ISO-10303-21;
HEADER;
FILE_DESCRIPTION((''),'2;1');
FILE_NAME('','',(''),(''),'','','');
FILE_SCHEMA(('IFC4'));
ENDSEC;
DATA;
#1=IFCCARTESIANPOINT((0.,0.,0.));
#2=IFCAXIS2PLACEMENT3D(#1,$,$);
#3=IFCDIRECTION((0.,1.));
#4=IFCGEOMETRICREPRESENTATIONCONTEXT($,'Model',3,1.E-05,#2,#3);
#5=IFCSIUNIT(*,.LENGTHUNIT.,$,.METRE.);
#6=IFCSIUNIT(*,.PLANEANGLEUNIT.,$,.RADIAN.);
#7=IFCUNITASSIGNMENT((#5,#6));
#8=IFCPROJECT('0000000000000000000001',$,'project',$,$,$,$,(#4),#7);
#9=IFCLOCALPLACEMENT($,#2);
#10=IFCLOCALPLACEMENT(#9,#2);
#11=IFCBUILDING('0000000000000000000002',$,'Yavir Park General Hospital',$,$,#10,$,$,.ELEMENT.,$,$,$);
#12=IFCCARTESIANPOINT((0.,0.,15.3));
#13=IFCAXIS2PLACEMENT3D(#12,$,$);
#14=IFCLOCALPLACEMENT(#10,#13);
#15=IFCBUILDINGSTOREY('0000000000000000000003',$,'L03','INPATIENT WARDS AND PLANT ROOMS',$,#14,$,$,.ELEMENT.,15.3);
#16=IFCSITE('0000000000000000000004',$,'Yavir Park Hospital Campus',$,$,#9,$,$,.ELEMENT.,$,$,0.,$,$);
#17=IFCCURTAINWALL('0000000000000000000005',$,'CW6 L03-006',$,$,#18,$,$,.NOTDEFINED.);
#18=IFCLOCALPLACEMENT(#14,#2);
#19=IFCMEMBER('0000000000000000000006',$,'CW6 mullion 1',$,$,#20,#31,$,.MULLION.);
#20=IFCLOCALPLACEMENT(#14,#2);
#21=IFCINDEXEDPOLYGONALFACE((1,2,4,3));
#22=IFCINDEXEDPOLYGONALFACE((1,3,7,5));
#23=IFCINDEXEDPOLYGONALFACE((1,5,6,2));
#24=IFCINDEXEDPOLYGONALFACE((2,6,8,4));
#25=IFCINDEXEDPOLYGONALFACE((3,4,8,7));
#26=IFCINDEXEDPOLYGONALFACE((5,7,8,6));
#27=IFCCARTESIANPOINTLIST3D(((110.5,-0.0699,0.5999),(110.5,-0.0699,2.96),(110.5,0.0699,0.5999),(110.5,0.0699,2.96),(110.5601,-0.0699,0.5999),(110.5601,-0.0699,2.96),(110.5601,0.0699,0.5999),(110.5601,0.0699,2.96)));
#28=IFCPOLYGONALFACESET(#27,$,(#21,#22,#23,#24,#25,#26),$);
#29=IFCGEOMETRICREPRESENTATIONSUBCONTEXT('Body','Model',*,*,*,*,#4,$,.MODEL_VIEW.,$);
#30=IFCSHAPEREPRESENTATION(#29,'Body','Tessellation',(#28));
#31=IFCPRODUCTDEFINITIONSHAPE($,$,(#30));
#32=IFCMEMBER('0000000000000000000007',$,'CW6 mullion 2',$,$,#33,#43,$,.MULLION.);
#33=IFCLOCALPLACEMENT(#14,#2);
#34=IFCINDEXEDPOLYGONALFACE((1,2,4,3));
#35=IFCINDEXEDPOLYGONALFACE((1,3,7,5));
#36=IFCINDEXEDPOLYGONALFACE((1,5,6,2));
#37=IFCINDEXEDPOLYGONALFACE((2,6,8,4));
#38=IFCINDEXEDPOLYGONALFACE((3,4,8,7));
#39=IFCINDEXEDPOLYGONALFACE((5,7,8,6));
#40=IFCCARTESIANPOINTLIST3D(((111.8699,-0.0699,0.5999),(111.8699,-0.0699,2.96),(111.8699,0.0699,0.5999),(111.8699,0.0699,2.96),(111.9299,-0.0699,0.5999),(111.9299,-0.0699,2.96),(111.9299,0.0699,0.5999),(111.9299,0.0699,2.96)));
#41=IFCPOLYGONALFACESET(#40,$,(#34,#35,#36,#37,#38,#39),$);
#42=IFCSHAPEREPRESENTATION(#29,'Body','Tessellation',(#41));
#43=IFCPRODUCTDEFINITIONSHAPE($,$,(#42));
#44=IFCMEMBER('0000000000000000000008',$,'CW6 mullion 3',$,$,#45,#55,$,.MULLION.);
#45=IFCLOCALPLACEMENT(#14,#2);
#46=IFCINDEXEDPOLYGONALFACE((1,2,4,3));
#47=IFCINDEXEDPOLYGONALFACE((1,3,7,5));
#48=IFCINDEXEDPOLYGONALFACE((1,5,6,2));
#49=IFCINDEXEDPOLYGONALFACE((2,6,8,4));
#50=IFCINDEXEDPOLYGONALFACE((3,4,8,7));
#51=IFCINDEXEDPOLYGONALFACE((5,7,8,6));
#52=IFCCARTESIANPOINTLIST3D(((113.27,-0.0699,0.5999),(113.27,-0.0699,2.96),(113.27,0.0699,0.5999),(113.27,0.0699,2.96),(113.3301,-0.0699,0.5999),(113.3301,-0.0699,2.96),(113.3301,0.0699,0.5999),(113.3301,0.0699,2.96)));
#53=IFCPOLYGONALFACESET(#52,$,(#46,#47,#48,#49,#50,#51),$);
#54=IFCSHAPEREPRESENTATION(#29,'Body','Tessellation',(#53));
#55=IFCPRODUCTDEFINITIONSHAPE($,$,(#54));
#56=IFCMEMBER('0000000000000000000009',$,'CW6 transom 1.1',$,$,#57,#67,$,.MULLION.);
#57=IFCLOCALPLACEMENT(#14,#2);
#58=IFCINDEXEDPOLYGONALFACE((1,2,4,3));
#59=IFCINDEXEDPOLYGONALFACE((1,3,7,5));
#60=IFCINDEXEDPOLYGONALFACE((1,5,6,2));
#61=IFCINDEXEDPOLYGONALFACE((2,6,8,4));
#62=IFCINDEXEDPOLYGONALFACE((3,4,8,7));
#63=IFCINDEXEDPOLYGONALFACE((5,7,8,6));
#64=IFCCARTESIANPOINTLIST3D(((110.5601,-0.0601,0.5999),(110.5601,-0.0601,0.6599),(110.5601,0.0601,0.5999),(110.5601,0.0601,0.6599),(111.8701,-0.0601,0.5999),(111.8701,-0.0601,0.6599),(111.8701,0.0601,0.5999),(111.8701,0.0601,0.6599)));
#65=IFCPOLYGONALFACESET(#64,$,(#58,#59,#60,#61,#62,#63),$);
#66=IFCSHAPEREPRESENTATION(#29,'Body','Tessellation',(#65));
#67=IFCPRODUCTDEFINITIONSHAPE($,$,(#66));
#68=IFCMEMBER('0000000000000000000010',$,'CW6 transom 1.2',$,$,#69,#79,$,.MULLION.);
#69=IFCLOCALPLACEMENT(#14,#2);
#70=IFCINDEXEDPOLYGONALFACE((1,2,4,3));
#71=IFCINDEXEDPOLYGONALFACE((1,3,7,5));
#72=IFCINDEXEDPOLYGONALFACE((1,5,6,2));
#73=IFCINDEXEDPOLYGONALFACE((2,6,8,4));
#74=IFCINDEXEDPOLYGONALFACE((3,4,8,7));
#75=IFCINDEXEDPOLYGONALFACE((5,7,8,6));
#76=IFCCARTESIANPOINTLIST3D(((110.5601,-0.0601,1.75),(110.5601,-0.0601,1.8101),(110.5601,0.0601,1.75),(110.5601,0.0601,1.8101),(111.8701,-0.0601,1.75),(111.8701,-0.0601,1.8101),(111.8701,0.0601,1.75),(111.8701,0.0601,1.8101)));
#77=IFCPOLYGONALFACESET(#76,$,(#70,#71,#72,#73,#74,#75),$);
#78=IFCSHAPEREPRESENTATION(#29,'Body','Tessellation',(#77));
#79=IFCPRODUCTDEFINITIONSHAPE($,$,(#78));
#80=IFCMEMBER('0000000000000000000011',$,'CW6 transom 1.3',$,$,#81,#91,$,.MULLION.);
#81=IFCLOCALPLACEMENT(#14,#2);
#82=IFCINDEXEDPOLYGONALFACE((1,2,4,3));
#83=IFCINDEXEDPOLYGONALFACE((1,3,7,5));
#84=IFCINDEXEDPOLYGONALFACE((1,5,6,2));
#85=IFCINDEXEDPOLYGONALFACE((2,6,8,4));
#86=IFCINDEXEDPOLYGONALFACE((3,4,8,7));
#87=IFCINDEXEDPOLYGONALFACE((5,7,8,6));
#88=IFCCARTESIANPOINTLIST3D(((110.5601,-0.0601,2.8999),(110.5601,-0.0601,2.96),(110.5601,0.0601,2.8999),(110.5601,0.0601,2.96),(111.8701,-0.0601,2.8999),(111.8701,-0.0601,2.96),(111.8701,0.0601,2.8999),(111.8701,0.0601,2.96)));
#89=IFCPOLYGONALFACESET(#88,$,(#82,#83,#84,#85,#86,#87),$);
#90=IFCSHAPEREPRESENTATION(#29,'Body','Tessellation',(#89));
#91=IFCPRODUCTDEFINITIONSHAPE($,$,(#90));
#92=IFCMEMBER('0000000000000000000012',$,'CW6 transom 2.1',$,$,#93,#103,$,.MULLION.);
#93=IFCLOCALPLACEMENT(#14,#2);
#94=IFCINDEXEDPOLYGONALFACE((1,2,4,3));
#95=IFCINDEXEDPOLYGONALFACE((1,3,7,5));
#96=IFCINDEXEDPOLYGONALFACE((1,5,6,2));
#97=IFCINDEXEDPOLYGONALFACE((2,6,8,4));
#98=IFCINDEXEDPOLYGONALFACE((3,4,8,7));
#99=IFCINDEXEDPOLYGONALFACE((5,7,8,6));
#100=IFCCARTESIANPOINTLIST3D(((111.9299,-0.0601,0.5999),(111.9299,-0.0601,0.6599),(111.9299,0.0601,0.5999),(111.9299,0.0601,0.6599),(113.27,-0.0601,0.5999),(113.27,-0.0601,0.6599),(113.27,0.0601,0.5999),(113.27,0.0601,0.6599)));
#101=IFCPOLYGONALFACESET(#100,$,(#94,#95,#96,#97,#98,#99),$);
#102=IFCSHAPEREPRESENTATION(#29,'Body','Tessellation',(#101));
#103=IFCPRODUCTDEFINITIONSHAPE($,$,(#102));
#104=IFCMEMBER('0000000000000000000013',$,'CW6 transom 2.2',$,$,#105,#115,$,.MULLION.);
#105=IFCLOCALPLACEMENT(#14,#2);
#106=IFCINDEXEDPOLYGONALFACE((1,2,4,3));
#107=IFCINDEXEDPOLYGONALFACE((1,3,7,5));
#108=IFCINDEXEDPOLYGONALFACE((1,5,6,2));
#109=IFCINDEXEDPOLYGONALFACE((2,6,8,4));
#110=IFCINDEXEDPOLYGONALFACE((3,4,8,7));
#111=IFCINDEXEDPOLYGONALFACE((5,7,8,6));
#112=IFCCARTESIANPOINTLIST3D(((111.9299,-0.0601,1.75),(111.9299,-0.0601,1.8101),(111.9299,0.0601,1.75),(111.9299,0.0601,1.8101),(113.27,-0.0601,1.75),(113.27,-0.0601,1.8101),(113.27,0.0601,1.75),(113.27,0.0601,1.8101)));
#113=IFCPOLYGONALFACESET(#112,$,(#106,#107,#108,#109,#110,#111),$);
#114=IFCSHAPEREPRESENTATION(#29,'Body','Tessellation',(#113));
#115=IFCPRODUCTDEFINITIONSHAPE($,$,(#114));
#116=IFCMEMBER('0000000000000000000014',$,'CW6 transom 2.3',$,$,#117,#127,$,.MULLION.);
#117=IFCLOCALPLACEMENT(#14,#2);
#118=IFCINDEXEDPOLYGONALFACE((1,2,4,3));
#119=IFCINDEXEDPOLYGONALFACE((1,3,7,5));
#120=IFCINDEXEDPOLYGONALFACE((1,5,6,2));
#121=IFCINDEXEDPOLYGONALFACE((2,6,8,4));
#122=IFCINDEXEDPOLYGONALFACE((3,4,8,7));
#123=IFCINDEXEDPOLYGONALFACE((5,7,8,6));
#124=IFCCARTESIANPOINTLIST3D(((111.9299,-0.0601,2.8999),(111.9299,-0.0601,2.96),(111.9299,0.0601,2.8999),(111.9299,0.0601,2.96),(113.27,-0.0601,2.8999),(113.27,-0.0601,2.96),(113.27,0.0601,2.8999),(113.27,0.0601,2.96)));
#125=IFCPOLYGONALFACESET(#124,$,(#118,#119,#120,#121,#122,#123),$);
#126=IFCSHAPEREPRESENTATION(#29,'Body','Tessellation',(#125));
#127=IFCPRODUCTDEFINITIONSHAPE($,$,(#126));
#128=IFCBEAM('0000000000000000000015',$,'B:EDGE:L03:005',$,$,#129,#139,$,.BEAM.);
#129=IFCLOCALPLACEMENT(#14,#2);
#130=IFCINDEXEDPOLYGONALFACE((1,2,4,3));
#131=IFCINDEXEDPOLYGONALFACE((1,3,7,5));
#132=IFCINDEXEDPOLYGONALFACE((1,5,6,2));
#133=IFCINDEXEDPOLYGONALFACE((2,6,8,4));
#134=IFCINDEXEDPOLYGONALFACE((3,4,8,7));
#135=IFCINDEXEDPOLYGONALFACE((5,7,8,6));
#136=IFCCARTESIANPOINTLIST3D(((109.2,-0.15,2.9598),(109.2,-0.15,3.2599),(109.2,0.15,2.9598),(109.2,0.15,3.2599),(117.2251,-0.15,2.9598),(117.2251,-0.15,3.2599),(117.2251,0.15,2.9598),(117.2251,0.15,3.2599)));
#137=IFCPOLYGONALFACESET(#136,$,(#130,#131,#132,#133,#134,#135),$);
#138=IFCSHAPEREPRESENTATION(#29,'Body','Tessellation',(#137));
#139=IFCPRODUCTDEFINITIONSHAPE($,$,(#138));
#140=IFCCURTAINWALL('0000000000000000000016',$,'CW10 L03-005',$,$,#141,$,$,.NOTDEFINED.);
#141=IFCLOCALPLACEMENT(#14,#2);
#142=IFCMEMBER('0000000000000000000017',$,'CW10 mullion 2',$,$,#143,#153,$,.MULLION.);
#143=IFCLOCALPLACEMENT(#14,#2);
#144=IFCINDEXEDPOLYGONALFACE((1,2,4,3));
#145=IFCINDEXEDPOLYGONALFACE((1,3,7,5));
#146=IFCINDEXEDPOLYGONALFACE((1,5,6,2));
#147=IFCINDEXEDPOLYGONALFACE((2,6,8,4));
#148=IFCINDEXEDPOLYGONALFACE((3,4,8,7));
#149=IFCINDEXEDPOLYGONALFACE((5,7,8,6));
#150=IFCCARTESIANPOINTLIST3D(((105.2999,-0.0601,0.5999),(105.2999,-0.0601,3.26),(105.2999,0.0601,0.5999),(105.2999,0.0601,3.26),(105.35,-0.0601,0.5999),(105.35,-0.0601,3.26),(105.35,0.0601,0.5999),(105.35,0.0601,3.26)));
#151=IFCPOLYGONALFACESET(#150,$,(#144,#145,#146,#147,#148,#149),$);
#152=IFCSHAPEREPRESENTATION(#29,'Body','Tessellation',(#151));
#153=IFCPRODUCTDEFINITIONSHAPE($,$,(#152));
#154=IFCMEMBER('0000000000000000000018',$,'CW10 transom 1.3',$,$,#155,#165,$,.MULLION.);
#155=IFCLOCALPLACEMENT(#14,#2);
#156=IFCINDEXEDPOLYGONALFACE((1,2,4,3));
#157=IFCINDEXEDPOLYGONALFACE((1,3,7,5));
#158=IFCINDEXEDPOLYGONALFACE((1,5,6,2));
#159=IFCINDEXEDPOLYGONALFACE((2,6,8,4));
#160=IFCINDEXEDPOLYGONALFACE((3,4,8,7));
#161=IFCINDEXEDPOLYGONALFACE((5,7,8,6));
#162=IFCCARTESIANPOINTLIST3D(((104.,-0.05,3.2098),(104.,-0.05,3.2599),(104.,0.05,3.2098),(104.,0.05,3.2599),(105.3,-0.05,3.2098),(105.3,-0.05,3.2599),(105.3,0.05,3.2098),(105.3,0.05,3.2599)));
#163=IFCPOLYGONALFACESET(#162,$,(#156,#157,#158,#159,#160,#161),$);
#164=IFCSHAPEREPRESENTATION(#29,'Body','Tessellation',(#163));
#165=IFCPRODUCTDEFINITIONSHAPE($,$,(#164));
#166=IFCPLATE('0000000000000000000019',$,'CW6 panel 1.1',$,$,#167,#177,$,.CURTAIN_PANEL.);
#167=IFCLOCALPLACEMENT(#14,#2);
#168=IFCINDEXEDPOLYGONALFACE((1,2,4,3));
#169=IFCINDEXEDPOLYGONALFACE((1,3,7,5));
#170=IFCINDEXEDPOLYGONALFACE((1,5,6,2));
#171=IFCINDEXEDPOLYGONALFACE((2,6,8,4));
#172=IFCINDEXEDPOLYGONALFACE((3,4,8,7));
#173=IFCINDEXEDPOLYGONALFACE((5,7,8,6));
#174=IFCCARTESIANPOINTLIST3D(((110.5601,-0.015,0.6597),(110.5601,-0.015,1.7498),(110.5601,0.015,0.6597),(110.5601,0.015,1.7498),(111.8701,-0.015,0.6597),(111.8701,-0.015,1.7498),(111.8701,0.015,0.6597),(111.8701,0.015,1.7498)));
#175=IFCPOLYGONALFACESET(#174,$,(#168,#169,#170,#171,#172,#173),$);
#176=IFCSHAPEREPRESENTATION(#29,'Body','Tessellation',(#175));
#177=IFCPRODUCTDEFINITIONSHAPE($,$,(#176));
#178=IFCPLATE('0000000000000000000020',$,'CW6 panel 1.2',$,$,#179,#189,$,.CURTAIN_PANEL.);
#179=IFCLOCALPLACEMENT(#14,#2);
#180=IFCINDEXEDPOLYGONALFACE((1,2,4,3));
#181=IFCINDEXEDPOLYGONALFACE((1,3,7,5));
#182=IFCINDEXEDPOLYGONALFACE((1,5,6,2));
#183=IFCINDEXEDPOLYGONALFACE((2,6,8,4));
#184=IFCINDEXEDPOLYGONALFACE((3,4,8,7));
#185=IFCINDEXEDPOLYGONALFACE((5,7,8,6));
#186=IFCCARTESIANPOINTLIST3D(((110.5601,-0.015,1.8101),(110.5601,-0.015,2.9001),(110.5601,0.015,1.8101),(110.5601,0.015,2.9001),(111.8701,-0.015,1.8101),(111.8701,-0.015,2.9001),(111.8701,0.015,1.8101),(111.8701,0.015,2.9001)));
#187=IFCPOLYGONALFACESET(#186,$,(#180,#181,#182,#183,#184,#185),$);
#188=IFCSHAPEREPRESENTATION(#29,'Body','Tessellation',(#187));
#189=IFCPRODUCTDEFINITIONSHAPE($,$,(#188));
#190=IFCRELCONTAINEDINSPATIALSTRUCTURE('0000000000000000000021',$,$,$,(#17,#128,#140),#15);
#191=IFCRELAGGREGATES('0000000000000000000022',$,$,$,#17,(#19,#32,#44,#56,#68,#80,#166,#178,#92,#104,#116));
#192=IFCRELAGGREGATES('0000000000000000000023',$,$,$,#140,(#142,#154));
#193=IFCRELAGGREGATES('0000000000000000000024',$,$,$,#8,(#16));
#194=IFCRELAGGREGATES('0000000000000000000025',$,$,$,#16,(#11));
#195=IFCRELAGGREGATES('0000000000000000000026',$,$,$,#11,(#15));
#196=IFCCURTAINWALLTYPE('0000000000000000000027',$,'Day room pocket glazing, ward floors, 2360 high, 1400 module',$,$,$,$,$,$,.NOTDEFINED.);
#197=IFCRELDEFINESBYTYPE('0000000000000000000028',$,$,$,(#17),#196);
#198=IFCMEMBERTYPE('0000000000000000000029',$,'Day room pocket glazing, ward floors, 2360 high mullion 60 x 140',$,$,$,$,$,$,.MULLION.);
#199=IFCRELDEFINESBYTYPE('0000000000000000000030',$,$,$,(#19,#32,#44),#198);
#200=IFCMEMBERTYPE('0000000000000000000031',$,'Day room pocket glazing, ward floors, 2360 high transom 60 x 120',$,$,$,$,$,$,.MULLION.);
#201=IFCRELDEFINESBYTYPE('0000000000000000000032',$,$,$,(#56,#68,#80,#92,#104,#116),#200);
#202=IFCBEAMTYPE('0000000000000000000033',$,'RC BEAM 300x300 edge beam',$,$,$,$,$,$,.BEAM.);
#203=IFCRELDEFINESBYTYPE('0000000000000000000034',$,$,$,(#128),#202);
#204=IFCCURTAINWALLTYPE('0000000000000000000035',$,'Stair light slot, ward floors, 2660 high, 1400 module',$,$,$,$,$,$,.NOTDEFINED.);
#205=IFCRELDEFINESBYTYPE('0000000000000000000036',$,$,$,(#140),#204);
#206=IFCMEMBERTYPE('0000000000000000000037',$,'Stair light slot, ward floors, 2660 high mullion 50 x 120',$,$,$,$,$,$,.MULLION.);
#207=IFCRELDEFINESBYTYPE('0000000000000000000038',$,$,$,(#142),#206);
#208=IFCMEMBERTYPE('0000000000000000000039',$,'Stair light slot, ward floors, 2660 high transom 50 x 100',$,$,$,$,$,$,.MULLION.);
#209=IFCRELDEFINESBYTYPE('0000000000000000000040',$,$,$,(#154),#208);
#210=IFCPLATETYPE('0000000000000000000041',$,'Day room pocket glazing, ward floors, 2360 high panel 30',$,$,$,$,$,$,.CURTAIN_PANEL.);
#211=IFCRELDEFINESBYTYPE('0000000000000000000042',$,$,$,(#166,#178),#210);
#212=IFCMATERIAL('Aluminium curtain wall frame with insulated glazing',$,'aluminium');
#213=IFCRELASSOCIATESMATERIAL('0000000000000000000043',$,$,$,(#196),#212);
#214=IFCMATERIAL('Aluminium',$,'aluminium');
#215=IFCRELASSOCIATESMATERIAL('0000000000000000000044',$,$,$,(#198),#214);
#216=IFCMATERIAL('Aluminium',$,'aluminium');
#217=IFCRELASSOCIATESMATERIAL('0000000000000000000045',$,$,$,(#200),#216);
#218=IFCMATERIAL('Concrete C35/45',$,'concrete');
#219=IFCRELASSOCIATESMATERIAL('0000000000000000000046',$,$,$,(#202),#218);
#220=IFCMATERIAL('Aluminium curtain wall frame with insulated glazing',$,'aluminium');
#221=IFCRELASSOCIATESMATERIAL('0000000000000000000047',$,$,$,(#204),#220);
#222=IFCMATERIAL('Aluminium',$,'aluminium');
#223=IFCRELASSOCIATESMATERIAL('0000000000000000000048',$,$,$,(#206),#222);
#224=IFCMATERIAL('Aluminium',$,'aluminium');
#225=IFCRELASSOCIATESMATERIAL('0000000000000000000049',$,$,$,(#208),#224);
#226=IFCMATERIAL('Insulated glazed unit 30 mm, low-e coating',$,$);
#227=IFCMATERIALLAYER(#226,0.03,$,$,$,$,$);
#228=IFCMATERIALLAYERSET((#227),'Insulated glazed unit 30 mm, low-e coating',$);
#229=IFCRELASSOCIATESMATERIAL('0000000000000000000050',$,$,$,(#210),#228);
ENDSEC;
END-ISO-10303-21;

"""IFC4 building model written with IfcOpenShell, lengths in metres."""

from ifc_helpers import new_model, si_unit, direction, frame, origin, origin_2d, place, context, subcontext, project, spatial, rectangle, extrude, material, layer, layer_set, material_profile, profile_set, type_object, element, aggregate, save


model = new_model("IFC4")

# Units and contexts
model_context = context("Model", 3, precision=1e-05, world=origin(), true_north=direction((0.0, 1.0)))
body_context = subcontext(model_context, "Body", "Model", "MODEL_VIEW")
ifc_project = project(units=[si_unit("LENGTHUNIT", "METRE"), si_unit("PLANEANGLEUNIT", "RADIAN")], contexts=[model_context])

# Site, building, storey
site_placement = place(None, origin())
site = spatial("IfcSite", under=ifc_project, at=site_placement, Name="Yavir Park Hospital Campus", CompositionType="ELEMENT", RefElevation=0.0)
building_placement = place(site_placement, origin())
building = spatial("IfcBuilding", under=site, at=building_placement, Name="Yavir Park General Hospital", CompositionType="ELEMENT")
storey_placement = place(building_placement, frame((0.0, 0.0, 15.3)))
storey = spatial("IfcBuildingStorey", under=building, at=storey_placement, Name="L03", Description="INPATIENT WARDS AND PLANT ROOMS", CompositionType="ELEMENT", Elevation=15.3)

# Curtain wall, members
ifc_material_1 = material(Name="Aluminium curtain wall frame with insulated glazing", Category="aluminium")
curtain_wall_type_1 = type_object("IfcCurtainWallType", Name="Day room pocket glazing, ward floors, 2360 high, 1400 module", PredefinedType="NOTDEFINED", material=ifc_material_1)
curtain_wall_1_placement = place(storey_placement, origin())
curtain_wall_1 = element("IfcCurtainWall", 1, at=curtain_wall_1_placement, inside=storey, type_object=curtain_wall_type_1, Name="CW6 L03-006", PredefinedType="NOTDEFINED")
ifc_material_2 = material(Name="Aluminium", Category="aluminium")
ifc_material_profile_1 = material_profile(ifc_material_2, rectangle(XDim=0.1399, YDim=0.0601, at=origin_2d()), Name="AL 60x140")
ifc_profile_set_1 = profile_set([ifc_material_profile_1], Name="Aluminium")
member_type_1 = type_object("IfcMemberType", Name="Day room pocket glazing, ward floors, 2360 high mullion 60 x 140", PredefinedType="MULLION", material=ifc_profile_set_1)
member_1_placement = place(storey_placement, frame((110.53, 0.0, 0.5999), z_axis=(0.0, 0.0, 1.0), x_axis=(0.0, 1.0, 0.0)))
member_1 = element("IfcMember", 2, at=member_1_placement, type_object=member_type_1, Name="CW6 mullion 1", PredefinedType="MULLION", context=body_context, shape_type="SweptSolid", body=[
    extrude(rectangle(XDim=0.1399, YDim=0.0601, at=origin_2d()), origin(), (0.0, 0.0, 1.0), 2.3601),
])
member_2_placement = place(storey_placement, frame((111.8999, 0.0, 0.5999), z_axis=(0.0, 0.0, 1.0), x_axis=(0.0, 1.0, 0.0)))
member_2 = element("IfcMember", 3, at=member_2_placement, type_object=member_type_1, Name="CW6 mullion 2", PredefinedType="MULLION", context=body_context, shape_type="SweptSolid", body=[
    extrude(rectangle(XDim=0.1399, YDim=0.0601, at=origin_2d()), origin(), (0.0, 0.0, 1.0), 2.3601),
])
member_3_placement = place(storey_placement, frame((113.3, 0.0, 0.5999), z_axis=(0.0, 0.0, 1.0), x_axis=(0.0, 1.0, 0.0)))
member_3 = element("IfcMember", 4, at=member_3_placement, type_object=member_type_1, Name="CW6 mullion 3", PredefinedType="MULLION", context=body_context, shape_type="SweptSolid", body=[
    extrude(rectangle(XDim=0.1399, YDim=0.0601, at=origin_2d()), origin(), (0.0, 0.0, 1.0), 2.3601),
])
ifc_material_3 = material(Name="Aluminium", Category="aluminium")
ifc_material_profile_2 = material_profile(ifc_material_3, rectangle(XDim=0.1201, YDim=0.0601, at=origin_2d()), Name="AL 120x60")
ifc_profile_set_2 = profile_set([ifc_material_profile_2], Name="Aluminium")
member_type_2 = type_object("IfcMemberType", Name="Day room pocket glazing, ward floors, 2360 high transom 60 x 120", PredefinedType="MULLION", material=ifc_profile_set_2)
member_4_placement = place(storey_placement, frame((110.5601, 0.0, 0.6299), z_axis=(1.0, 0.0, 0.0), x_axis=(0.0, 1.0, 0.0)))
member_4 = element("IfcMember", 5, at=member_4_placement, type_object=member_type_2, Name="CW6 transom 1.1", PredefinedType="MULLION", context=body_context, shape_type="SweptSolid", body=[
    extrude(rectangle(XDim=0.1201, YDim=0.0601, at=origin_2d()), origin(), (0.0, 0.0, 1.0), 1.3101),
])
member_5_placement = place(storey_placement, frame((110.5601, 0.0, 1.78), z_axis=(1.0, 0.0, 0.0), x_axis=(0.0, 1.0, 0.0)))
member_5 = element("IfcMember", 6, at=member_5_placement, type_object=member_type_2, Name="CW6 transom 1.2", PredefinedType="MULLION", context=body_context, shape_type="SweptSolid", body=[
    extrude(rectangle(XDim=0.1201, YDim=0.0601, at=origin_2d()), origin(), (0.0, 0.0, 1.0), 1.3101),
])
member_6_placement = place(storey_placement, frame((110.5601, 0.0, 2.9299), z_axis=(1.0, 0.0, 0.0), x_axis=(0.0, 1.0, 0.0)))
member_6 = element("IfcMember", 7, at=member_6_placement, type_object=member_type_2, Name="CW6 transom 1.3", PredefinedType="MULLION", context=body_context, shape_type="SweptSolid", body=[
    extrude(rectangle(XDim=0.1201, YDim=0.0601, at=origin_2d()), origin(), (0.0, 0.0, 1.0), 1.3101),
])
member_7_placement = place(storey_placement, frame((111.9299, 0.0, 0.6299), z_axis=(1.0, 0.0, 0.0), x_axis=(0.0, 1.0, 0.0)))
member_7 = element("IfcMember", 8, at=member_7_placement, type_object=member_type_2, Name="CW6 transom 2.1", PredefinedType="MULLION", context=body_context, shape_type="SweptSolid", body=[
    extrude(rectangle(XDim=0.1201, YDim=0.0601, at=origin_2d()), origin(), (0.0, 0.0, 1.0), 1.3401),
])
member_8_placement = place(storey_placement, frame((111.9299, 0.0, 1.78), z_axis=(1.0, 0.0, 0.0), x_axis=(0.0, 1.0, 0.0)))
member_8 = element("IfcMember", 9, at=member_8_placement, type_object=member_type_2, Name="CW6 transom 2.2", PredefinedType="MULLION", context=body_context, shape_type="SweptSolid", body=[
    extrude(rectangle(XDim=0.1201, YDim=0.0601, at=origin_2d()), origin(), (0.0, 0.0, 1.0), 1.3401),
])
member_9_placement = place(storey_placement, frame((111.9299, 0.0, 2.9299), z_axis=(1.0, 0.0, 0.0), x_axis=(0.0, 1.0, 0.0)))
member_9 = element("IfcMember", 10, at=member_9_placement, type_object=member_type_2, Name="CW6 transom 2.3", PredefinedType="MULLION", context=body_context, shape_type="SweptSolid", body=[
    extrude(rectangle(XDim=0.1201, YDim=0.0601, at=origin_2d()), origin(), (0.0, 0.0, 1.0), 1.3401),
])

# Beam
ifc_material_4 = material(Name="Concrete C35/45", Category="concrete")
ifc_material_profile_3 = material_profile(ifc_material_4, rectangle(XDim=0.3, YDim=0.3, at=origin_2d()), Name="RC300x300")
ifc_profile_set_3 = profile_set([ifc_material_profile_3], Name="Concrete C35/45")
beam_type = type_object("IfcBeamType", Name="RC BEAM 300x300 edge beam", PredefinedType="BEAM", material=ifc_profile_set_3)
beam_placement = place(storey_placement, frame((109.2, 0.0, 3.1099), z_axis=(1.0, 0.0, 0.0), x_axis=(0.0, 1.0, 0.0)))
element("IfcBeam", 11, at=beam_placement, inside=storey, type_object=beam_type, Name="B:EDGE:L03:005", PredefinedType="BEAM", context=body_context, shape_type="SweptSolid", body=[
    extrude(rectangle(XDim=0.3, YDim=0.3, at=origin_2d()), origin(), (0.0, 0.0, 1.0), 8.0251),
])

# Curtain wall, members
ifc_material_5 = material(Name="Aluminium curtain wall frame with insulated glazing", Category="aluminium")
curtain_wall_type_2 = type_object("IfcCurtainWallType", Name="Stair light slot, ward floors, 2660 high, 1400 module", PredefinedType="NOTDEFINED", material=ifc_material_5)
curtain_wall_2_placement = place(storey_placement, origin())
curtain_wall_2 = element("IfcCurtainWall", 12, at=curtain_wall_2_placement, inside=storey, type_object=curtain_wall_type_2, Name="CW10 L03-005", PredefinedType="NOTDEFINED")
ifc_material_6 = material(Name="Aluminium", Category="aluminium")
ifc_material_profile_4 = material_profile(ifc_material_6, rectangle(XDim=0.1201, YDim=0.05, at=origin_2d()), Name="AL 50x120")
ifc_profile_set_4 = profile_set([ifc_material_profile_4], Name="Aluminium")
member_type_3 = type_object("IfcMemberType", Name="Stair light slot, ward floors, 2660 high mullion 50 x 120", PredefinedType="MULLION", material=ifc_profile_set_4)
member_10_placement = place(storey_placement, frame((105.325, 0.0, 0.5999), z_axis=(0.0, 0.0, 1.0), x_axis=(0.0, 1.0, 0.0)))
member_10 = element("IfcMember", 13, at=member_10_placement, type_object=member_type_3, Name="CW10 mullion 2", PredefinedType="MULLION", context=body_context, shape_type="SweptSolid", body=[
    extrude(rectangle(XDim=0.1201, YDim=0.05, at=origin_2d()), origin(), (0.0, 0.0, 1.0), 2.6602),
])
ifc_material_7 = material(Name="Aluminium", Category="aluminium")
ifc_material_profile_5 = material_profile(ifc_material_7, rectangle(XDim=0.1001, YDim=0.05, at=origin_2d()), Name="AL 100x50")
ifc_profile_set_5 = profile_set([ifc_material_profile_5], Name="Aluminium")
member_type_4 = type_object("IfcMemberType", Name="Stair light slot, ward floors, 2660 high transom 50 x 100", PredefinedType="MULLION", material=ifc_profile_set_5)
member_11_placement = place(storey_placement, frame((104.0, 0.0, 3.2349), z_axis=(1.0, 0.0, 0.0), x_axis=(0.0, 1.0, 0.0)))
member_11 = element("IfcMember", 14, at=member_11_placement, type_object=member_type_4, Name="CW10 transom 1.3", PredefinedType="MULLION", context=body_context, shape_type="SweptSolid", body=[
    extrude(rectangle(XDim=0.1001, YDim=0.05, at=origin_2d()), origin(), (0.0, 0.0, 1.0), 1.3),
])

# Plates
ifc_material_8 = material(Name="Insulated glazed unit 30 mm, low-e coating")
ifc_layer_1 = layer(ifc_material_8, 0.03)
ifc_layer_set_1 = layer_set([ifc_layer_1], Name="Insulated glazed unit 30 mm, low-e coating")
plate_type_1 = type_object("IfcPlateType", Name="Day room pocket glazing, ward floors, 2360 high panel 30", PredefinedType="CURTAIN_PANEL", material=ifc_layer_set_1)
plate_1_placement = place(storey_placement, frame((111.2151, 0.0, 0.6597), z_axis=(0.0, 0.0, 1.0), x_axis=(1.0, 0.0, 0.0)))
plate_1 = element("IfcPlate", 15, at=plate_1_placement, type_object=plate_type_1, Name="CW6 panel 1.1", PredefinedType="CURTAIN_PANEL", context=body_context, shape_type="SweptSolid", body=[
    extrude(rectangle(XDim=1.3101, YDim=0.03, at=origin_2d()), origin(), (0.0, 0.0, 1.0), 1.0901),
])
plate_2_placement = place(storey_placement, frame((111.2151, 0.0, 1.8101), z_axis=(0.0, 0.0, 1.0), x_axis=(1.0, 0.0, 0.0)))
plate_2 = element("IfcPlate", 16, at=plate_2_placement, type_object=plate_type_1, Name="CW6 panel 1.2", PredefinedType="CURTAIN_PANEL", context=body_context, shape_type="SweptSolid", body=[
    extrude(rectangle(XDim=1.3101, YDim=0.03, at=origin_2d()), origin(), (0.0, 0.0, 1.0), 1.0901),
])
aggregate(curtain_wall_1, [member_1, member_2, member_3, member_4, member_5, member_6, plate_1, plate_2, member_7, member_8, member_9])
aggregate(curtain_wall_2, [member_10, member_11])

save(model, "model.ifc")
